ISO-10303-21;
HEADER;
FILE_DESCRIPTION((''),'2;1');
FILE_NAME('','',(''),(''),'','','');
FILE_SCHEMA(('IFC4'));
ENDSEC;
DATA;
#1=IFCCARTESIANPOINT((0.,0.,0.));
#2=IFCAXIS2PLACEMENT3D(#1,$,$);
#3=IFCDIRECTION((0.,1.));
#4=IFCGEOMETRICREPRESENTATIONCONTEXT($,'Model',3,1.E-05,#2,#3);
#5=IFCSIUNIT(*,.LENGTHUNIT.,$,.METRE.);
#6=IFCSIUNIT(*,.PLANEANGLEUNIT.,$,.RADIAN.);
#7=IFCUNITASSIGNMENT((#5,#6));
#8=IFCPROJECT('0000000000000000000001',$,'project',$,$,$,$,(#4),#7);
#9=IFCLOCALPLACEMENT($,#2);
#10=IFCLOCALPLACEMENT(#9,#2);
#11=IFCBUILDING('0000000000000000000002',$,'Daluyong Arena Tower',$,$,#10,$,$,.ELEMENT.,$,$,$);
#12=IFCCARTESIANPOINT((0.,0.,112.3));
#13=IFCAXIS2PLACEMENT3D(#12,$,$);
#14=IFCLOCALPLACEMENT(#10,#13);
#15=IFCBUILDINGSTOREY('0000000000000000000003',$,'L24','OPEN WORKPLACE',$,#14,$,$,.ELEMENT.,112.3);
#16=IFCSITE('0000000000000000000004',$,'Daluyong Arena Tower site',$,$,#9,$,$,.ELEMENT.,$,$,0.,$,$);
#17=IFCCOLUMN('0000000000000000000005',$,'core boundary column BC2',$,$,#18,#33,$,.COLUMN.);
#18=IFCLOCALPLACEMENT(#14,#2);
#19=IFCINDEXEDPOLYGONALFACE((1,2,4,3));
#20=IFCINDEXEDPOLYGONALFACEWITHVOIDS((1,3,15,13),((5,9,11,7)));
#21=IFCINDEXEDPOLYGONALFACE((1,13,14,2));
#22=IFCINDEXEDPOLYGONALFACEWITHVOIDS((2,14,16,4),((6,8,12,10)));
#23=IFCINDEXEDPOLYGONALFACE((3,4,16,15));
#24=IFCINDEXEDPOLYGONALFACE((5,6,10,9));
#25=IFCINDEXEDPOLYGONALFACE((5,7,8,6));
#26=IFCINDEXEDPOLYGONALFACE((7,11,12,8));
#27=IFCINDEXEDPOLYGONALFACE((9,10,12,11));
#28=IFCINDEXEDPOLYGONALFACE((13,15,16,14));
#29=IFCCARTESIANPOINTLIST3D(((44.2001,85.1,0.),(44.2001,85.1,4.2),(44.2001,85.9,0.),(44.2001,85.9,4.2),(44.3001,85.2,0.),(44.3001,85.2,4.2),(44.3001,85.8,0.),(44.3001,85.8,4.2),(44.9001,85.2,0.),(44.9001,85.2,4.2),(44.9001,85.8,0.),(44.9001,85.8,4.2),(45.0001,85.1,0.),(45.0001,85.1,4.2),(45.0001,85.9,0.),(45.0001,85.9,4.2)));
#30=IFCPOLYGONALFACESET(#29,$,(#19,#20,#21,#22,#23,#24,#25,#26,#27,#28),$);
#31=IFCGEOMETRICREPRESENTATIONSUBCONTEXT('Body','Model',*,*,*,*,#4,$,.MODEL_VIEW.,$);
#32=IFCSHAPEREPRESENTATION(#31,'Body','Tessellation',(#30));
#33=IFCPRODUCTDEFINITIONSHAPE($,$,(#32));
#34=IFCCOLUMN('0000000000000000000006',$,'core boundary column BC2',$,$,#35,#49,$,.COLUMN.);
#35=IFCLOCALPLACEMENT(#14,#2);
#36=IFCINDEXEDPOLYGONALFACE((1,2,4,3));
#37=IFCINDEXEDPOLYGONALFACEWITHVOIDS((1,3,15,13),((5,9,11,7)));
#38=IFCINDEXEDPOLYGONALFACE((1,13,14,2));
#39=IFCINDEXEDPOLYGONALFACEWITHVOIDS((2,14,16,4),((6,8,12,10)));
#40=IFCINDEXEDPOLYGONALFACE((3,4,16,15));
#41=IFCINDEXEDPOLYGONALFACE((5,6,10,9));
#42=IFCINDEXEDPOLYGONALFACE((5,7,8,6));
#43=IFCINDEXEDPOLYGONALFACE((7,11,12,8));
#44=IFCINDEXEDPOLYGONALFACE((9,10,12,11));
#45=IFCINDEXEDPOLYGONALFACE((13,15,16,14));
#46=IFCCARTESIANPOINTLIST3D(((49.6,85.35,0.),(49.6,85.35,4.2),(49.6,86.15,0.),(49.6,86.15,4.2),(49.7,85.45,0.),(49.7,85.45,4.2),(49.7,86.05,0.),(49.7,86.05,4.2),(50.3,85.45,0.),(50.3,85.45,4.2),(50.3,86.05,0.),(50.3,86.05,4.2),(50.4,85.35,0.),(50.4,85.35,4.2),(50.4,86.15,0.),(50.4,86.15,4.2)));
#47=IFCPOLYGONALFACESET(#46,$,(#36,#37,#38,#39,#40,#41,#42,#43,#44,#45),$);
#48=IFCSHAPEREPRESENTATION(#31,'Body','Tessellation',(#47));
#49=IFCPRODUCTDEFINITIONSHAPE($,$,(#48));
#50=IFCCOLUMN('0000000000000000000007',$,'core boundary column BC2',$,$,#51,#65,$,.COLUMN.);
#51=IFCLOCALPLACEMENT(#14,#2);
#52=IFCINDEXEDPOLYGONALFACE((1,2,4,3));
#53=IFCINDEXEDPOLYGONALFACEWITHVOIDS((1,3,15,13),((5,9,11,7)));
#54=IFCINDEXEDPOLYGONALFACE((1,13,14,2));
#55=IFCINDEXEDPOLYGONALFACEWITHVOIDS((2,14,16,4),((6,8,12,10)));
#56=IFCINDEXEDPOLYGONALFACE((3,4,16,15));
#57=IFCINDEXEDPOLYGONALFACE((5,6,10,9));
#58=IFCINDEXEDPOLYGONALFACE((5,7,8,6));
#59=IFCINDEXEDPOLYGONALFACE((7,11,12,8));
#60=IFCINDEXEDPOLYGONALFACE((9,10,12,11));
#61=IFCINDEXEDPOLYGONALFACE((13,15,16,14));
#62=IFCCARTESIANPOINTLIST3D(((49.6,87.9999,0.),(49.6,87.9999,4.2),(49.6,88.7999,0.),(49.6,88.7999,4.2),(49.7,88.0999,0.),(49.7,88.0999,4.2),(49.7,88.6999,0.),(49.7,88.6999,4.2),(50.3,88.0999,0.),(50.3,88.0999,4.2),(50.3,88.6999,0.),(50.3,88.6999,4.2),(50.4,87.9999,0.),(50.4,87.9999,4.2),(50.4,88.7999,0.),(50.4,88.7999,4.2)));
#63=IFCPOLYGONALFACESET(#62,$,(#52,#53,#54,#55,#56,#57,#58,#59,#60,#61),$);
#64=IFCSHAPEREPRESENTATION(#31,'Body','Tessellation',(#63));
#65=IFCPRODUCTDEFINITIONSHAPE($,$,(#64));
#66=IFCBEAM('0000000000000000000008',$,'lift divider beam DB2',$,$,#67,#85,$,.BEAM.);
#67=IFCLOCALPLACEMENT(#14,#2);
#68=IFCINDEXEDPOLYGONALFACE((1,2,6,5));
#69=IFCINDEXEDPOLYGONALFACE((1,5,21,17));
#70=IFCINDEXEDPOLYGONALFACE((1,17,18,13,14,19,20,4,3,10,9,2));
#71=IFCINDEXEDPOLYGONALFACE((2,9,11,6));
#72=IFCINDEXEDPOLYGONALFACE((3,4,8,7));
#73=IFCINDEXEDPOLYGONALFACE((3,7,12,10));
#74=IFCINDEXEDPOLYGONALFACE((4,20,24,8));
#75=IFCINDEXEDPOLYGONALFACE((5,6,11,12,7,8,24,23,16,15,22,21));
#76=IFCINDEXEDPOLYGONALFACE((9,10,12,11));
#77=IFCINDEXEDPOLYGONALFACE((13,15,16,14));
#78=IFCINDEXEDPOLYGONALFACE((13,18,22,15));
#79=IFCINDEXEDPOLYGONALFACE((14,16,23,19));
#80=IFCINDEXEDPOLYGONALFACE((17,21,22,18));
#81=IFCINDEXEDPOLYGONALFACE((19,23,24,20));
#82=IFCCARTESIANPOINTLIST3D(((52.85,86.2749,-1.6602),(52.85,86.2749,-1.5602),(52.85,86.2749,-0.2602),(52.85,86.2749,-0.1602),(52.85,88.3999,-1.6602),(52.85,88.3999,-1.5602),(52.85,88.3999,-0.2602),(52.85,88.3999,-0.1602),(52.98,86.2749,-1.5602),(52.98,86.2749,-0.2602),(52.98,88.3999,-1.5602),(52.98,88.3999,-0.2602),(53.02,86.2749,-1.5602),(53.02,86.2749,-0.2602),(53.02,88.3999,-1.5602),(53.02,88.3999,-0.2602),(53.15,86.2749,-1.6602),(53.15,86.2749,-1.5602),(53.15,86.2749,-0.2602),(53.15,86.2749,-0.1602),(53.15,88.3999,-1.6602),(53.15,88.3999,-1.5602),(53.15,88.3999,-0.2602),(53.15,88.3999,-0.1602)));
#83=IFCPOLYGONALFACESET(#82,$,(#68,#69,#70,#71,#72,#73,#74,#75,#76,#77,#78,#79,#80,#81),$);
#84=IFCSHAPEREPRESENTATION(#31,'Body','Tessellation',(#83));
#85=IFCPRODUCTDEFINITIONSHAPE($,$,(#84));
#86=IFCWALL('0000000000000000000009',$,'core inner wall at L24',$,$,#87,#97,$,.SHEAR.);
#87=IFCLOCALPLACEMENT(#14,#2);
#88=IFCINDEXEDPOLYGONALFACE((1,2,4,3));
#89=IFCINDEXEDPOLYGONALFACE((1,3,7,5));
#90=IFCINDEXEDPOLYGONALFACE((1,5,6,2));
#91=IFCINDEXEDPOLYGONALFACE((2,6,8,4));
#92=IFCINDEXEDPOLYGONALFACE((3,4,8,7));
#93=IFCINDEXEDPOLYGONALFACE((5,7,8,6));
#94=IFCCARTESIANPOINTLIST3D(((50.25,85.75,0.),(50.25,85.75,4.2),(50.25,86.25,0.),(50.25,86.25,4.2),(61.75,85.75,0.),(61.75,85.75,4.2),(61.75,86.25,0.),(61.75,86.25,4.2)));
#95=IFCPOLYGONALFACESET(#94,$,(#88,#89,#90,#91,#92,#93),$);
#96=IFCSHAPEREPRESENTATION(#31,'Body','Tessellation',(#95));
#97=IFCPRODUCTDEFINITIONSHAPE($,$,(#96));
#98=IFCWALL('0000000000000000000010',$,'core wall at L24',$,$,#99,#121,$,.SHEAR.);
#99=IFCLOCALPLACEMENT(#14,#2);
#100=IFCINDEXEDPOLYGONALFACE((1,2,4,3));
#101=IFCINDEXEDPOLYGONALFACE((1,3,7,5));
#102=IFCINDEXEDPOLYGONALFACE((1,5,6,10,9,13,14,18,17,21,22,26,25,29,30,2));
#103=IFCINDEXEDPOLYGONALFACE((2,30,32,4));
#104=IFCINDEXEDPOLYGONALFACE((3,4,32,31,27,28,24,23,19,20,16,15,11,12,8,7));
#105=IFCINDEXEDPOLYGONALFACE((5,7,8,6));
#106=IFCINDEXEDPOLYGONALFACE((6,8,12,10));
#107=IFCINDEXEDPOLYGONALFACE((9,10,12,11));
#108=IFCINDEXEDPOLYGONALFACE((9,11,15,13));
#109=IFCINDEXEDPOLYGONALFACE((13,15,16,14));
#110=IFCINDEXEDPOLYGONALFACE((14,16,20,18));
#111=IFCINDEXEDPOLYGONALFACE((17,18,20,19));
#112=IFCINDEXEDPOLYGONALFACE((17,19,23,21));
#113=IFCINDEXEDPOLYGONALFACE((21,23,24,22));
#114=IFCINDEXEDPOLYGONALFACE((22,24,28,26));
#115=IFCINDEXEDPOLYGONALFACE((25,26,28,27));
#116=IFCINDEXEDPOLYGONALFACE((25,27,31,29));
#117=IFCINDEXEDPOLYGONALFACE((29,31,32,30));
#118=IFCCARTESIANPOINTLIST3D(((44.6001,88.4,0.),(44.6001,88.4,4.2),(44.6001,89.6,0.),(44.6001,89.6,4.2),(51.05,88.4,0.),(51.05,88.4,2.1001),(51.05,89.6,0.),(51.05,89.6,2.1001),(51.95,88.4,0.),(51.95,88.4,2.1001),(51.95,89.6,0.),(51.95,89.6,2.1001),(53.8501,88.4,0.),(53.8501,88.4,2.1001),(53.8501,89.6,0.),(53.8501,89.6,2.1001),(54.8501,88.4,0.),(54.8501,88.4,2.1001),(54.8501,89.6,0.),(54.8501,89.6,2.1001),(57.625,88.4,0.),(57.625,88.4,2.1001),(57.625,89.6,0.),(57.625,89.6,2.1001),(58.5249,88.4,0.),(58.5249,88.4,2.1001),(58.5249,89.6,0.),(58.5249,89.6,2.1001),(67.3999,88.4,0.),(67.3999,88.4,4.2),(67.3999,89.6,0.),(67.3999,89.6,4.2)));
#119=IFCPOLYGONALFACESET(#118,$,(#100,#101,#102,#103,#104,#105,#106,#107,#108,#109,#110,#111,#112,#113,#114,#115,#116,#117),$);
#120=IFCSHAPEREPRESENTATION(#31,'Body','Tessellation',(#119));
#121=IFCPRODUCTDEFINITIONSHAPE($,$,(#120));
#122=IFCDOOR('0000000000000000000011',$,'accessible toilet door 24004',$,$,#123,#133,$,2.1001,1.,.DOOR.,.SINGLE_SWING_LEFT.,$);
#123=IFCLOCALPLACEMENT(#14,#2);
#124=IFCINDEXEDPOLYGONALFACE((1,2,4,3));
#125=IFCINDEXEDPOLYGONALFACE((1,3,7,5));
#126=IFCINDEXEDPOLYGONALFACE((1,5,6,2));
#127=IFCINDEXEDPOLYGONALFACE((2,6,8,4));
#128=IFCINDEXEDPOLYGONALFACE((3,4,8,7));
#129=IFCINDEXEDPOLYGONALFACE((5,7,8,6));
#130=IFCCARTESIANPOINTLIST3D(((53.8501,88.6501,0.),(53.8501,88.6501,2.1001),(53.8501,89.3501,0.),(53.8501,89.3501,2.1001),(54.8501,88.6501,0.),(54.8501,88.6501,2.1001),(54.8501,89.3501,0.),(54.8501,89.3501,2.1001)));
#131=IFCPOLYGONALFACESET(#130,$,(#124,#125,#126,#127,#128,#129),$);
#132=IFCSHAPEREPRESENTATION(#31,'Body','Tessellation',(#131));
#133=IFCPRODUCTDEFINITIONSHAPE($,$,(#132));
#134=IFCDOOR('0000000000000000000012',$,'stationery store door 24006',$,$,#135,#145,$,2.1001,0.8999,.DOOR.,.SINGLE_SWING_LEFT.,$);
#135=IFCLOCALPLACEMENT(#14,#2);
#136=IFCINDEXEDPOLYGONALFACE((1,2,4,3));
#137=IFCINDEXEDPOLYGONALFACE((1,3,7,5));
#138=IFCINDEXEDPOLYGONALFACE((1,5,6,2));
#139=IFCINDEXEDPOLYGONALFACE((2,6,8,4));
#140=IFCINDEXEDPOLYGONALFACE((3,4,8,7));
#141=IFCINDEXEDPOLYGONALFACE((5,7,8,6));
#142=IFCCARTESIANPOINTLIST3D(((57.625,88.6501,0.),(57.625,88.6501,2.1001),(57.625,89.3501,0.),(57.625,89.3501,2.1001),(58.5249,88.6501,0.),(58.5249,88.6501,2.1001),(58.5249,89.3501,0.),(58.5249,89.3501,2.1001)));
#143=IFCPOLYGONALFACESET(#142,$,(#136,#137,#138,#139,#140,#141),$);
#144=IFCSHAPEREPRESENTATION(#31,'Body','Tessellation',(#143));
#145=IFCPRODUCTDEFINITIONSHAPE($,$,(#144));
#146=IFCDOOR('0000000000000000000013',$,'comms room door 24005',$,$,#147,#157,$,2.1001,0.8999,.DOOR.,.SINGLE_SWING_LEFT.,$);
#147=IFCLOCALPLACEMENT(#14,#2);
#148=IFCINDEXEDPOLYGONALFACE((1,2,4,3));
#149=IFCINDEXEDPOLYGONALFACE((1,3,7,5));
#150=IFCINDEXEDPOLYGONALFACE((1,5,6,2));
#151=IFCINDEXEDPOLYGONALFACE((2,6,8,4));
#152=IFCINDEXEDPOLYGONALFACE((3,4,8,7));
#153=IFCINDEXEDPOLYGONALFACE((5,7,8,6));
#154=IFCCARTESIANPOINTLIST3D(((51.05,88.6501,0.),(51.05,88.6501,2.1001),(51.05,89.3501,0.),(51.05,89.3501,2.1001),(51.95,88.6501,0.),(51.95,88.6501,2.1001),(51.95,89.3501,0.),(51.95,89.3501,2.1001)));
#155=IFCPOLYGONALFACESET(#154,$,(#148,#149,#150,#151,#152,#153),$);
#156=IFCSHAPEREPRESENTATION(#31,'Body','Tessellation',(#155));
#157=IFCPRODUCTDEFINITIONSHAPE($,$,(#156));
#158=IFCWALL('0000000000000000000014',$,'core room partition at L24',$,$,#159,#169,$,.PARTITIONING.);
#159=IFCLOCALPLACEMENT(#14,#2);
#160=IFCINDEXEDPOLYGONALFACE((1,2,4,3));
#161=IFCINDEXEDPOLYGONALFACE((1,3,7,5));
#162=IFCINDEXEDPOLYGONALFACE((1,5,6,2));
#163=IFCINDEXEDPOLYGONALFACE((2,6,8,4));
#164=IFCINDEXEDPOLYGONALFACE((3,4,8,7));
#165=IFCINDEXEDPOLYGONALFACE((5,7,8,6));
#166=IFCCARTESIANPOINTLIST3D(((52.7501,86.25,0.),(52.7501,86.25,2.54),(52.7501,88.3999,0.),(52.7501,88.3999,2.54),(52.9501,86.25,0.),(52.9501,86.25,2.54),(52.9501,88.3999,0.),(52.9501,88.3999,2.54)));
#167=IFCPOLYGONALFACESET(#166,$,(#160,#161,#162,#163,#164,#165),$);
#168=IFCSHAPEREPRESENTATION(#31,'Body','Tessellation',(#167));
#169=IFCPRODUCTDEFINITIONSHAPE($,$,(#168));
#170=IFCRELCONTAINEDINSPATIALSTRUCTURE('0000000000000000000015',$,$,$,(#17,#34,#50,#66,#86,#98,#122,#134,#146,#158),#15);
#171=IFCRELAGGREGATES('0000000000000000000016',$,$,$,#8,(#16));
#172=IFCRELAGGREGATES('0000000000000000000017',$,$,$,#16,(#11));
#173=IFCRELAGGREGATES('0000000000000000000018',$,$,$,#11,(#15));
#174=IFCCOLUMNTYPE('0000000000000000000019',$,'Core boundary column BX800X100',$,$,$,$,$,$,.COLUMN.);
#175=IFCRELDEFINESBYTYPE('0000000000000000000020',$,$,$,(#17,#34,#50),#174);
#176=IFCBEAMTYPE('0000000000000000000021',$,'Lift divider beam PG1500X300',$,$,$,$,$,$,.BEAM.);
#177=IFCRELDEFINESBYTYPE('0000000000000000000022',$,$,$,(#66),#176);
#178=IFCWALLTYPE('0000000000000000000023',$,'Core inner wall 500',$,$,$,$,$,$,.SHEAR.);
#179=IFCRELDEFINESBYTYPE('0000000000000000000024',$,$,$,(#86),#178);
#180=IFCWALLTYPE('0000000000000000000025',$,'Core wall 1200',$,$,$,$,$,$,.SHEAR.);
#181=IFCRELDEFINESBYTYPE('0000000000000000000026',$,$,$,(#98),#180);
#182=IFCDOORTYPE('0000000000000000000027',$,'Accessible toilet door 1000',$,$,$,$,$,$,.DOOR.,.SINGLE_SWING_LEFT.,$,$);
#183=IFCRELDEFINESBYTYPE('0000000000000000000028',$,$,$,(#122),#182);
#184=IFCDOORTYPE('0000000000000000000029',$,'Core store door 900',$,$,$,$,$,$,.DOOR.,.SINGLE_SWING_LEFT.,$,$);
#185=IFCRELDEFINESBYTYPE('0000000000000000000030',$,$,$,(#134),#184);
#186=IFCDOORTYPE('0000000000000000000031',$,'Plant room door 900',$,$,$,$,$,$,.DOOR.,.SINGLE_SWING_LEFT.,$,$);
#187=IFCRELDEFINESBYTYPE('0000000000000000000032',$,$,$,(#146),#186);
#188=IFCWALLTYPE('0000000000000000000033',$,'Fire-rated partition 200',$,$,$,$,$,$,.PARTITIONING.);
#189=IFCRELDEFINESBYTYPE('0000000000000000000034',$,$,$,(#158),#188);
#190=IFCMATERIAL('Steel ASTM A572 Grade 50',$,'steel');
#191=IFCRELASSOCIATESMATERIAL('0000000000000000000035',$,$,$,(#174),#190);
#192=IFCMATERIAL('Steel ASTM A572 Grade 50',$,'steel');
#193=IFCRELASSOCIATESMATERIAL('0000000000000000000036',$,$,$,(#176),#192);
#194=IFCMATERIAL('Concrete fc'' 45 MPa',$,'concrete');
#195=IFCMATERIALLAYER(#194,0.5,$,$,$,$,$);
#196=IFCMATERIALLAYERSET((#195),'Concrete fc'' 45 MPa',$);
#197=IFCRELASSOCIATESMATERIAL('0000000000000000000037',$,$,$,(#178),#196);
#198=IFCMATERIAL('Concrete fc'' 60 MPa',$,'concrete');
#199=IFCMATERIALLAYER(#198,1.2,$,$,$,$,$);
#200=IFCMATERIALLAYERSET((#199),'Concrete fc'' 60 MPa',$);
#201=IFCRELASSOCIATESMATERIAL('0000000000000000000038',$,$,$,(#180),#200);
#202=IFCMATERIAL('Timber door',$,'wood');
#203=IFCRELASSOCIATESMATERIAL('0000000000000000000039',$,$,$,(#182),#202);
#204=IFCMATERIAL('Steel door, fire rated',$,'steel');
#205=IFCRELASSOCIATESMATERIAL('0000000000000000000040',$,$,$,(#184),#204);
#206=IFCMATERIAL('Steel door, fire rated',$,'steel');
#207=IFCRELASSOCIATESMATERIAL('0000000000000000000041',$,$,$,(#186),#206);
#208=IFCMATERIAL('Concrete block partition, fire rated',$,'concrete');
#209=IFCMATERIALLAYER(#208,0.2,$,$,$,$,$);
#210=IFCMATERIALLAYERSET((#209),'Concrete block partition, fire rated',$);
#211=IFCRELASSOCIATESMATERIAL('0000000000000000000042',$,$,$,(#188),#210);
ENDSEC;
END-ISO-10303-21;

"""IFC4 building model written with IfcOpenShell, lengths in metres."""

from ifc_helpers import new_model, si_unit, direction, frame, frame_2d, origin, origin_2d, place, context, subcontext, project, spatial, rectangle, hollow_rectangle, i_section, extrude, material, layer, layer_set, material_profile, profile_set, type_object, element, fill, save


model = new_model("IFC4")

# Units and contexts
model_context = context("Model", 3, precision=1e-05, world=origin(), true_north=direction((0.0, 1.0)))
body_context = subcontext(model_context, "Body", "Model", "MODEL_VIEW")
ifc_project = project(units=[si_unit("LENGTHUNIT", "METRE"), si_unit("PLANEANGLEUNIT", "RADIAN")], contexts=[model_context])

# Site, building, storey
site_placement = place(None, origin())
site = spatial("IfcSite", under=ifc_project, at=site_placement, Name="Daluyong Arena Tower site", CompositionType="ELEMENT", RefElevation=0.0)
building_placement = place(site_placement, origin())
building = spatial("IfcBuilding", under=site, at=building_placement, Name="Daluyong Arena Tower", CompositionType="ELEMENT")
storey_placement = place(building_placement, frame((0.0, 0.0, 112.3)))
storey = spatial("IfcBuildingStorey", under=building, at=storey_placement, Name="L24", Description="OPEN WORKPLACE", CompositionType="ELEMENT", Elevation=112.3)

# Columns
ifc_material_1 = material(Name="Steel ASTM A572 Grade 50", Category="steel")
ifc_material_profile_1 = material_profile(ifc_material_1, hollow_rectangle(XDim=0.8, YDim=0.8, WallThickness=0.1, at=origin_2d()))
ifc_profile_set_1 = profile_set([ifc_material_profile_1], Name="Steel ASTM A572 Grade 50")
column_type = type_object("IfcColumnType", Name="Core boundary column BX800X100", PredefinedType="COLUMN", material=ifc_profile_set_1)
for number, where, z_axis, x_axis, name in (
    (1, (44.6001, 85.5, 0.0), (0.0, 0.0, 1.0), (1.0, 0.0, 0.0), "core boundary column BC2"),
    (2, (50.0, 85.75, 0.0), (0.0, 0.0, 1.0), (1.0, 0.0, 0.0), "core boundary column BC2"),
    (3, (50.0, 88.3999, 0.0), (0.0, 0.0, 1.0), (1.0, 0.0, 0.0), "core boundary column BC2"),
):
    element("IfcColumn", number, at=place(storey_placement, frame(where, z_axis=z_axis, x_axis=x_axis)), inside=storey, type_object=column_type, Name=name, PredefinedType="COLUMN", context=body_context, shape_type="SweptSolid", body=[
        extrude(hollow_rectangle(XDim=0.8, YDim=0.8, WallThickness=0.1, at=origin_2d()), origin(), (0.0, 0.0, 1.0), 4.2),
    ])

# Beam
ifc_material_2 = material(Name="Steel ASTM A572 Grade 50", Category="steel")
ifc_material_profile_2 = material_profile(ifc_material_2, i_section(OverallWidth=0.3, OverallDepth=1.5, WebThickness=0.04, FlangeThickness=0.1, at=origin_2d()))
ifc_profile_set_2 = profile_set([ifc_material_profile_2], Name="Steel ASTM A572 Grade 50")
beam_type = type_object("IfcBeamType", Name="Lift divider beam PG1500X300", PredefinedType="BEAM", material=ifc_profile_set_2)
beam_placement = place(storey_placement, frame((53.0, 86.2749, -0.9102), z_axis=(0.0, 1.0, 0.0), x_axis=(-1.0, 0.0, 0.0)))
element("IfcBeam", 4, at=beam_placement, inside=storey, type_object=beam_type, Name="lift divider beam DB2", PredefinedType="BEAM", context=body_context, shape_type="SweptSolid", body=[
    extrude(i_section(OverallWidth=0.3, OverallDepth=1.5, WebThickness=0.04, FlangeThickness=0.1, at=origin_2d()), origin(), (0.0, 0.0, 1.0), 2.125),
])

# Wall
ifc_material_3 = material(Name="Concrete fc' 45 MPa", Category="concrete")
ifc_layer_1 = layer(ifc_material_3, 0.5)
ifc_layer_set_1 = layer_set([ifc_layer_1], Name="Concrete fc' 45 MPa")
wall_type_1 = type_object("IfcWallType", Name="Core inner wall 500", PredefinedType="SHEAR", material=ifc_layer_set_1)
wall_1_placement = place(storey_placement, frame((50.25, 86.0, 0.0), z_axis=(0.0, 0.0, 1.0), x_axis=(1.0, 0.0, 0.0)))
element("IfcWall", 5, at=wall_1_placement, inside=storey, type_object=wall_type_1, Name="core inner wall at L24", PredefinedType="SHEAR", context=body_context, shape_type="SweptSolid", body=[
    extrude(rectangle(XDim=11.5, YDim=0.5, at=frame_2d((5.75, 0.0))), origin(), (0.0, 0.0, 1.0), 4.2),
])

# Wall, openings, doors
ifc_material_4 = material(Name="Concrete fc' 60 MPa", Category="concrete")
ifc_layer_2 = layer(ifc_material_4, 1.2)
ifc_layer_set_2 = layer_set([ifc_layer_2], Name="Concrete fc' 60 MPa")
wall_type_2 = type_object("IfcWallType", Name="Core wall 1200", PredefinedType="SHEAR", material=ifc_layer_set_2)
wall_2_placement = place(storey_placement, frame((44.6001, 89.0, 0.0), z_axis=(0.0, 0.0, 1.0), x_axis=(1.0, 0.0, 0.0)))
wall_2 = element("IfcWall", 6, at=wall_2_placement, inside=storey, type_object=wall_type_2, Name="core wall at L24", PredefinedType="SHEAR", context=body_context, shape_type="SweptSolid", body=[
    extrude(rectangle(XDim=22.7998, YDim=1.2, at=frame_2d((11.3999, 0.0))), origin(), (0.0, 0.0, 1.0), 4.2),
])
opening_1_placement = place(wall_2_placement, frame((9.25, 0.0, 0.0)))
opening_1 = element("IfcOpeningElement", 7, at=opening_1_placement, cuts=wall_2, PredefinedType="OPENING", context=body_context, shape_type="SweptSolid", body=[
    extrude(rectangle(XDim=1.0, YDim=2.1001, at=frame_2d((0.5, 1.05))), frame((0.0, 0.6099, 0.0), z_axis=(0.0, -1.0, 0.0), x_axis=(1.0, 0.0, 0.0)), (0.0, 0.0, 1.0), 1.22),
])
opening_2_placement = place(wall_2_placement, frame((6.45, 0.0, 0.0)))
opening_2 = element("IfcOpeningElement", 8, at=opening_2_placement, cuts=wall_2, PredefinedType="OPENING", context=body_context, shape_type="SweptSolid", body=[
    extrude(rectangle(XDim=0.8999, YDim=2.1001, at=frame_2d((0.45, 1.05))), frame((0.0, 0.6099, 0.0), z_axis=(0.0, -1.0, 0.0), x_axis=(1.0, 0.0, 0.0)), (0.0, 0.0, 1.0), 1.22),
])
opening_3_placement = place(wall_2_placement, frame((13.0249, 0.0, 0.0)))
opening_3 = element("IfcOpeningElement", 9, at=opening_3_placement, cuts=wall_2, PredefinedType="OPENING", context=body_context, shape_type="SweptSolid", body=[
    extrude(rectangle(XDim=0.8999, YDim=2.1001, at=frame_2d((0.45, 1.05))), frame((0.0, 0.6099, 0.0), z_axis=(0.0, -1.0, 0.0), x_axis=(1.0, 0.0, 0.0)), (0.0, 0.0, 1.0), 1.22),
])
ifc_material_5 = material(Name="Timber door", Category="wood")
door_type_1 = type_object("IfcDoorType", Name="Accessible toilet door 1000", OperationType="SINGLE_SWING_LEFT", PredefinedType="DOOR", material=ifc_material_5)
door_1_placement = place(opening_1_placement, origin())
door_1 = element("IfcDoor", 10, at=door_1_placement, inside=storey, type_object=door_type_1, Name="accessible toilet door 24004", OperationType="SINGLE_SWING_LEFT", OverallHeight=2.1001, OverallWidth=1.0, PredefinedType="DOOR", context=body_context, shape_type="SweptSolid", body=[
    extrude(rectangle(XDim=1.0, YDim=2.1001, at=frame_2d((0.5, 1.05))), frame((0.0, 0.3501, 0.0), z_axis=(0.0, -1.0, 0.0), x_axis=(1.0, 0.0, 0.0)), (0.0, 0.0, 1.0), 0.7),
])
fill(opening_1, door_1)
ifc_material_6 = material(Name="Steel door, fire rated", Category="steel")
door_type_2 = type_object("IfcDoorType", Name="Core store door 900", OperationType="SINGLE_SWING_LEFT", PredefinedType="DOOR", material=ifc_material_6)
door_2_placement = place(opening_3_placement, origin())
door_2 = element("IfcDoor", 11, at=door_2_placement, inside=storey, type_object=door_type_2, Name="stationery store door 24006", OperationType="SINGLE_SWING_LEFT", OverallHeight=2.1001, OverallWidth=0.8999, PredefinedType="DOOR", context=body_context, shape_type="SweptSolid", body=[
    extrude(rectangle(XDim=0.8999, YDim=2.1001, at=frame_2d((0.45, 1.05))), frame((0.0, 0.3501, 0.0), z_axis=(0.0, -1.0, 0.0), x_axis=(1.0, 0.0, 0.0)), (0.0, 0.0, 1.0), 0.7),
])
fill(opening_3, door_2)
ifc_material_7 = material(Name="Steel door, fire rated", Category="steel")
door_type_3 = type_object("IfcDoorType", Name="Plant room door 900", OperationType="SINGLE_SWING_LEFT", PredefinedType="DOOR", material=ifc_material_7)
door_3_placement = place(opening_2_placement, origin())
door_3 = element("IfcDoor", 12, at=door_3_placement, inside=storey, type_object=door_type_3, Name="comms room door 24005", OperationType="SINGLE_SWING_LEFT", OverallHeight=2.1001, OverallWidth=0.8999, PredefinedType="DOOR", context=body_context, shape_type="SweptSolid", body=[
    extrude(rectangle(XDim=0.8999, YDim=2.1001, at=frame_2d((0.45, 1.05))), frame((0.0, 0.3501, 0.0), z_axis=(0.0, -1.0, 0.0), x_axis=(1.0, 0.0, 0.0)), (0.0, 0.0, 1.0), 0.7),
])
fill(opening_2, door_3)

# Wall
ifc_material_8 = material(Name="Concrete block partition, fire rated", Category="concrete")
ifc_layer_3 = layer(ifc_material_8, 0.2)
ifc_layer_set_3 = layer_set([ifc_layer_3], Name="Concrete block partition, fire rated")
wall_type_3 = type_object("IfcWallType", Name="Fire-rated partition 200", PredefinedType="PARTITIONING", material=ifc_layer_set_3)
wall_3_placement = place(storey_placement, frame((52.8501, 86.25, 0.0), z_axis=(0.0, 0.0, 1.0), x_axis=(0.0, 1.0, 0.0)))
element("IfcWall", 13, at=wall_3_placement, inside=storey, type_object=wall_type_3, Name="core room partition at L24", PredefinedType="PARTITIONING", context=body_context, shape_type="SweptSolid", body=[
    extrude(rectangle(XDim=2.1499, YDim=0.2, at=frame_2d((1.075, 0.0))), origin(), (0.0, 0.0, 1.0), 2.54),
])

save(model, "model.ifc")
